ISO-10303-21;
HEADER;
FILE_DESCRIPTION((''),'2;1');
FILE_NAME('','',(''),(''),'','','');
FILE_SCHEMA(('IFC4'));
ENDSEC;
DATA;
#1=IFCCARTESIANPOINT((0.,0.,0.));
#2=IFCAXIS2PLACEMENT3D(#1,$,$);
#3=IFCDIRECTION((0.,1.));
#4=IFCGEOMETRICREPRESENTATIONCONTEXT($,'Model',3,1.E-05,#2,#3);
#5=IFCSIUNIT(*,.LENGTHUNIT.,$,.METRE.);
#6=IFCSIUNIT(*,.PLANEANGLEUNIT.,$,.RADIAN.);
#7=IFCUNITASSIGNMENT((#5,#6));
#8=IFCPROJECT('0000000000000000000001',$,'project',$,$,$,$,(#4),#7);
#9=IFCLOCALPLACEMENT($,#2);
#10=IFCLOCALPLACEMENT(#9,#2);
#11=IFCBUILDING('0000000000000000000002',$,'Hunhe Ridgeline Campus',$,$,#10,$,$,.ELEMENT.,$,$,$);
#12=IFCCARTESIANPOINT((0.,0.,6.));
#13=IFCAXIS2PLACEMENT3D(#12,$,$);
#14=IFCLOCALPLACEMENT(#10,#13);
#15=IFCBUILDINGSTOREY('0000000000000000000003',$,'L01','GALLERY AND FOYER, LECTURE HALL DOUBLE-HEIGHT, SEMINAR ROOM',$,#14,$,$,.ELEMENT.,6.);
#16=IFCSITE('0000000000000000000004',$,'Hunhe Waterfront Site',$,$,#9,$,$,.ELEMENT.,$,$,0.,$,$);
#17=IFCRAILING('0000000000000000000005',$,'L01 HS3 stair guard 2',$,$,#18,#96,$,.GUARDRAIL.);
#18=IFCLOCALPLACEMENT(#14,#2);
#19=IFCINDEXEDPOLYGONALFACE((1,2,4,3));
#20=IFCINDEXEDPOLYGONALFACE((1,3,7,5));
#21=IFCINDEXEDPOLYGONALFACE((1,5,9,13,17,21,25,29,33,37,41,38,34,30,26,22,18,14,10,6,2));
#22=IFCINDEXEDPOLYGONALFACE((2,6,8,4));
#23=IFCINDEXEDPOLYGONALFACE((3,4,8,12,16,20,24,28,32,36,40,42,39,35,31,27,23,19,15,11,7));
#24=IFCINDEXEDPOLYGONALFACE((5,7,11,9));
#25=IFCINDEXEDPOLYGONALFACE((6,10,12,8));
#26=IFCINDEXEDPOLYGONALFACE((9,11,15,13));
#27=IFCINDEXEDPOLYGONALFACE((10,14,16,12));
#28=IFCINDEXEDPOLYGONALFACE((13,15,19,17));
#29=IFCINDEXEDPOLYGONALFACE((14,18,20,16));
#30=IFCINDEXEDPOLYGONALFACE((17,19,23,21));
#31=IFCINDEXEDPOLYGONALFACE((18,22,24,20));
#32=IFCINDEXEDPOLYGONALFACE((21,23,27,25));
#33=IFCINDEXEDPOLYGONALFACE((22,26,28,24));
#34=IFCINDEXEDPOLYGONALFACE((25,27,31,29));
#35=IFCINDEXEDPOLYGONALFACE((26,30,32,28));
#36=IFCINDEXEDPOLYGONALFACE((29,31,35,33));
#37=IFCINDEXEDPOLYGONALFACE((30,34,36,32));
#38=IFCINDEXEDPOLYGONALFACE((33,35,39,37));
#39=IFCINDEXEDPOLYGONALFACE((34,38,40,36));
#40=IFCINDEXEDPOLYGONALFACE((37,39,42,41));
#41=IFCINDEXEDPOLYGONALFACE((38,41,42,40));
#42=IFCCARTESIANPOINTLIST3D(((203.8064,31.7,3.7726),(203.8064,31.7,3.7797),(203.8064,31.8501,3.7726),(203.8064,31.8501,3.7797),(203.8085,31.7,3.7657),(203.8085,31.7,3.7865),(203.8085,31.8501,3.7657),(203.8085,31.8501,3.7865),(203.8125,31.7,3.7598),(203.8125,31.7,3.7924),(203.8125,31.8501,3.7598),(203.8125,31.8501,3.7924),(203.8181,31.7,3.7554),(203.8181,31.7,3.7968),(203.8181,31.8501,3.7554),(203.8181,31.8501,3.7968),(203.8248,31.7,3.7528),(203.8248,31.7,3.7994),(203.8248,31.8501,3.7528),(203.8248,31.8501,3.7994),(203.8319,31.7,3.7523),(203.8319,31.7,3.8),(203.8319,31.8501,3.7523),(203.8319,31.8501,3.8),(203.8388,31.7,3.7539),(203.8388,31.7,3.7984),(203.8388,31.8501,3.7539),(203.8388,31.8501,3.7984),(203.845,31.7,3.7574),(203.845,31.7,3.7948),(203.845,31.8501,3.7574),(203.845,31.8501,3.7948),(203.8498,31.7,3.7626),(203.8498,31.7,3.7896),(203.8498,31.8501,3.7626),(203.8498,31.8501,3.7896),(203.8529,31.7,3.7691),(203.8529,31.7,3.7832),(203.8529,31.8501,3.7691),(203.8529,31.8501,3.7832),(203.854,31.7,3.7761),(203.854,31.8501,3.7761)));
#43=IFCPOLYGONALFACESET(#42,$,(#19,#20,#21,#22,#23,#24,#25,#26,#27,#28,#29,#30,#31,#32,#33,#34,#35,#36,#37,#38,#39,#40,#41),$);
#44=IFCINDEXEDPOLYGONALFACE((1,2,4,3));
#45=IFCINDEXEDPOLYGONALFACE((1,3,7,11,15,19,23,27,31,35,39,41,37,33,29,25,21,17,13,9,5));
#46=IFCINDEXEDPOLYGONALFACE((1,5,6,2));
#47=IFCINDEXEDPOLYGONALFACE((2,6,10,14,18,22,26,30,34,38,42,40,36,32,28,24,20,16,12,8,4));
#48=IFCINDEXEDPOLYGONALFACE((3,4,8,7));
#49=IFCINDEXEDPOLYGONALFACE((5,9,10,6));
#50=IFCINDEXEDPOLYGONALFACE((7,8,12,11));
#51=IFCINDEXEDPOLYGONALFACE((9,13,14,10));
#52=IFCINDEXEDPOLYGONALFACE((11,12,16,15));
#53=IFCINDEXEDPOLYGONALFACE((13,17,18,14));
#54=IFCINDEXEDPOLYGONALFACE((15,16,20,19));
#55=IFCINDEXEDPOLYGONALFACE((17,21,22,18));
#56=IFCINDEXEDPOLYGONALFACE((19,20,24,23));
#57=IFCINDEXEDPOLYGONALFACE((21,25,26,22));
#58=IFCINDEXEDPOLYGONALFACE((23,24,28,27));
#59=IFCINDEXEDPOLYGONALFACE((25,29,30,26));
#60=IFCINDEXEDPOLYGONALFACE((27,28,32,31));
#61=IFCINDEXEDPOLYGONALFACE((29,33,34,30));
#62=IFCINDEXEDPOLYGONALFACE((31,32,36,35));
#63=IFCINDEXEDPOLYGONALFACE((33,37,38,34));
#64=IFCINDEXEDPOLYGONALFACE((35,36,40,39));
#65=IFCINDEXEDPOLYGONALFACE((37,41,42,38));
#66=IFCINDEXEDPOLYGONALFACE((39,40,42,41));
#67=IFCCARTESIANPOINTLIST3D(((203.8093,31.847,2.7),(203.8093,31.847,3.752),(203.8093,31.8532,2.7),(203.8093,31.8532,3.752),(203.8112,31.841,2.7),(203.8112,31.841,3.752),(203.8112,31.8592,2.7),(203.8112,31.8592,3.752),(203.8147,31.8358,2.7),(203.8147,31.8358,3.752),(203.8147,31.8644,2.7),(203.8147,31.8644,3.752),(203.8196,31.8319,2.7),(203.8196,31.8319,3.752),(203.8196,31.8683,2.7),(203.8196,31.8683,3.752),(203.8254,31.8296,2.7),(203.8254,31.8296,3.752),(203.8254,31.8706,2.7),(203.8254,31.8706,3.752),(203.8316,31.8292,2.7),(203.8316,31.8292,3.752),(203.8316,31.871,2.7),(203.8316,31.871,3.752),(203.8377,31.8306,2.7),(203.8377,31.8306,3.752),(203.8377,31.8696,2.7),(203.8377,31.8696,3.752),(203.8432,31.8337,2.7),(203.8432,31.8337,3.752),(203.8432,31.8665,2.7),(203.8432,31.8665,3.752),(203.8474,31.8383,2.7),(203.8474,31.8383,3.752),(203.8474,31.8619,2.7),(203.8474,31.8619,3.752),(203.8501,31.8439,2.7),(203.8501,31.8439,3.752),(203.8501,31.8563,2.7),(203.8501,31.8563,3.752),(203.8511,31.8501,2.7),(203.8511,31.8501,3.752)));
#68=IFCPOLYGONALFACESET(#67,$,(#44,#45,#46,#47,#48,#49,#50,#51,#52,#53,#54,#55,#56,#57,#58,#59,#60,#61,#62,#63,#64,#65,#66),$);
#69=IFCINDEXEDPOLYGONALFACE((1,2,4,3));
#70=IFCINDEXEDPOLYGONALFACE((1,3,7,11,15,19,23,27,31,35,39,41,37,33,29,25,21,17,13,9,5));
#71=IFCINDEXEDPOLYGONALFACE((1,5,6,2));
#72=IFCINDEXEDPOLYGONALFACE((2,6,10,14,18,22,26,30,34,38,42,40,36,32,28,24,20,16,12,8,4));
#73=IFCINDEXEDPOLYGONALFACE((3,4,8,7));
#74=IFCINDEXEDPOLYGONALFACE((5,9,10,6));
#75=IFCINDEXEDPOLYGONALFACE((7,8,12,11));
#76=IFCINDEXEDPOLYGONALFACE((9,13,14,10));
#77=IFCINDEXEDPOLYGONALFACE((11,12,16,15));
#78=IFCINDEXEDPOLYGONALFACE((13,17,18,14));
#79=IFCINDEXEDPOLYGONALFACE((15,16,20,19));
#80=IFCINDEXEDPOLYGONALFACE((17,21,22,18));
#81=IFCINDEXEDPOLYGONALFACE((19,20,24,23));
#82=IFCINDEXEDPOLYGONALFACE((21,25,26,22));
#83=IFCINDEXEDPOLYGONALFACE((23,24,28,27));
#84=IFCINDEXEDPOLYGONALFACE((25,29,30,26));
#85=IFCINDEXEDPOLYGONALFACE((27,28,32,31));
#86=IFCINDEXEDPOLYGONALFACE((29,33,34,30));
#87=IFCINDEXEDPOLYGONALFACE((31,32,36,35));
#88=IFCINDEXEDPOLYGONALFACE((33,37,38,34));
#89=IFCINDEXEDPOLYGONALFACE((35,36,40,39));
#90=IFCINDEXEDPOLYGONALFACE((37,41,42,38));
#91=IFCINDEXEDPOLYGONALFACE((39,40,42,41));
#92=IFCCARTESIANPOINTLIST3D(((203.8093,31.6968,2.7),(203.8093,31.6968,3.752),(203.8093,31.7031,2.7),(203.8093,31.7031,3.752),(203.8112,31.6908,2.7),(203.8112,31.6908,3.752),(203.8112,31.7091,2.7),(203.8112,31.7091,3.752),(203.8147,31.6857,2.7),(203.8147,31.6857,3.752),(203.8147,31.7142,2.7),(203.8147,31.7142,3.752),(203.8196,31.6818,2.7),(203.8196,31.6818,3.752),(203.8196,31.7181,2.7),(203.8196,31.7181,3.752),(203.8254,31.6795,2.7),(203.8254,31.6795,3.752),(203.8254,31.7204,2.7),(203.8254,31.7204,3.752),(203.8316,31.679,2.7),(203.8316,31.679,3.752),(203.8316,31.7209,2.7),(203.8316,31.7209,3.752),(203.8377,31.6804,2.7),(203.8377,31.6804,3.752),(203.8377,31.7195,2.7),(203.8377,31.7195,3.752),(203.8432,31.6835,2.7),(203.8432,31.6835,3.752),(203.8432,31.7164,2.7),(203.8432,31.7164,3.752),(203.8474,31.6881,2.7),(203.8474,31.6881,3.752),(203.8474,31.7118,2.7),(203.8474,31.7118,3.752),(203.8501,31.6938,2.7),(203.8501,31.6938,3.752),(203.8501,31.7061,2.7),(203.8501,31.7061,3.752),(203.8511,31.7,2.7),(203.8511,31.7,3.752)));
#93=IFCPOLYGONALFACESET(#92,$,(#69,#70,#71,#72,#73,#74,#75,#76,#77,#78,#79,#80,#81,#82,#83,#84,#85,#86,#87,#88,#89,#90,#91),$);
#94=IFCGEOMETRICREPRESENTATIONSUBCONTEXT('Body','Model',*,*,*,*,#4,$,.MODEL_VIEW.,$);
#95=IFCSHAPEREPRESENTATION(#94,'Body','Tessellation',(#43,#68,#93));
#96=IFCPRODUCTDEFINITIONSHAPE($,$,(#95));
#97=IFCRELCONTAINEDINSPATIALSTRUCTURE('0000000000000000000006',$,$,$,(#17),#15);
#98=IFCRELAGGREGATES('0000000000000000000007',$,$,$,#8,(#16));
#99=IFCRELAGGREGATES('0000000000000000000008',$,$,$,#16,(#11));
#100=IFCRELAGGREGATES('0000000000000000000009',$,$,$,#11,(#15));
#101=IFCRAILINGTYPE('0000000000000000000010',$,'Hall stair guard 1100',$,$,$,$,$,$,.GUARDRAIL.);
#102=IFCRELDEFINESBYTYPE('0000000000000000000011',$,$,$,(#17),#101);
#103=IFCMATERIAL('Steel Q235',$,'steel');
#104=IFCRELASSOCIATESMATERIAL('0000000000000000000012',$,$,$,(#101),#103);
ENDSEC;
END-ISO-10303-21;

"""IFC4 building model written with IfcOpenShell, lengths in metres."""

from ifc_helpers import new_model, si_unit, direction, frame, origin, origin_2d, place, context, subcontext, project, spatial, circle, extrude, material, type_object, element, save


model = new_model("IFC4")

# Units and contexts
model_context = context("Model", 3, precision=1e-05, world=origin(), true_north=direction((0.0, 1.0)))
body_context = subcontext(model_context, "Body", "Model", "MODEL_VIEW")
ifc_project = project(units=[si_unit("LENGTHUNIT", "METRE"), si_unit("PLANEANGLEUNIT", "RADIAN")], contexts=[model_context])

# Site, building, storey
site_placement = place(None, origin())
site = spatial("IfcSite", under=ifc_project, at=site_placement, Name="Hunhe Waterfront Site", CompositionType="ELEMENT", RefElevation=0.0)
building_placement = place(site_placement, origin())
building = spatial("IfcBuilding", under=site, at=building_placement, Name="Hunhe Ridgeline Campus", CompositionType="ELEMENT")
storey_placement = place(building_placement, frame((0.0, 0.0, 6.0)))
storey = spatial("IfcBuildingStorey", under=building, at=storey_placement, Name="L01", Description="GALLERY AND FOYER, LECTURE HALL DOUBLE-HEIGHT, SEMINAR ROOM", CompositionType="ELEMENT", Elevation=6.0)

# Shared definitions
ifc_material_1 = material(Name="Steel Q235", Category="steel")

# Railing
railing_type_1 = type_object("IfcRailingType", Name="Hall stair guard 1100", PredefinedType="GUARDRAIL", material=ifc_material_1)
railing_1_placement = place(storey_placement, frame((203.8301, 31.8501, 2.7)))
element("IfcRailing", 1, at=railing_1_placement, inside=storey, type_object=railing_type_1, Name="L01 HS3 stair guard 2", PredefinedType="GUARDRAIL", context=body_context, shape_type="SweptSolid", body=[
    extrude(circle(Radius=0.0239, at=origin_2d()), frame((0.0, 0.0, 1.0762), z_axis=(0.0, -1.0, 0.0), x_axis=(1.0, 0.0, 0.0)), (0.0, 0.0, 1.0), 0.1501),
    extrude(circle(Radius=0.021, at=origin_2d()), origin(), (0.0, 0.0, 1.0), 1.052),
    extrude(circle(Radius=0.021, at=origin_2d()), frame((0.0, -0.1501, 0.0)), (0.0, 0.0, 1.0), 1.052),
])

save(model, "model.ifc")
